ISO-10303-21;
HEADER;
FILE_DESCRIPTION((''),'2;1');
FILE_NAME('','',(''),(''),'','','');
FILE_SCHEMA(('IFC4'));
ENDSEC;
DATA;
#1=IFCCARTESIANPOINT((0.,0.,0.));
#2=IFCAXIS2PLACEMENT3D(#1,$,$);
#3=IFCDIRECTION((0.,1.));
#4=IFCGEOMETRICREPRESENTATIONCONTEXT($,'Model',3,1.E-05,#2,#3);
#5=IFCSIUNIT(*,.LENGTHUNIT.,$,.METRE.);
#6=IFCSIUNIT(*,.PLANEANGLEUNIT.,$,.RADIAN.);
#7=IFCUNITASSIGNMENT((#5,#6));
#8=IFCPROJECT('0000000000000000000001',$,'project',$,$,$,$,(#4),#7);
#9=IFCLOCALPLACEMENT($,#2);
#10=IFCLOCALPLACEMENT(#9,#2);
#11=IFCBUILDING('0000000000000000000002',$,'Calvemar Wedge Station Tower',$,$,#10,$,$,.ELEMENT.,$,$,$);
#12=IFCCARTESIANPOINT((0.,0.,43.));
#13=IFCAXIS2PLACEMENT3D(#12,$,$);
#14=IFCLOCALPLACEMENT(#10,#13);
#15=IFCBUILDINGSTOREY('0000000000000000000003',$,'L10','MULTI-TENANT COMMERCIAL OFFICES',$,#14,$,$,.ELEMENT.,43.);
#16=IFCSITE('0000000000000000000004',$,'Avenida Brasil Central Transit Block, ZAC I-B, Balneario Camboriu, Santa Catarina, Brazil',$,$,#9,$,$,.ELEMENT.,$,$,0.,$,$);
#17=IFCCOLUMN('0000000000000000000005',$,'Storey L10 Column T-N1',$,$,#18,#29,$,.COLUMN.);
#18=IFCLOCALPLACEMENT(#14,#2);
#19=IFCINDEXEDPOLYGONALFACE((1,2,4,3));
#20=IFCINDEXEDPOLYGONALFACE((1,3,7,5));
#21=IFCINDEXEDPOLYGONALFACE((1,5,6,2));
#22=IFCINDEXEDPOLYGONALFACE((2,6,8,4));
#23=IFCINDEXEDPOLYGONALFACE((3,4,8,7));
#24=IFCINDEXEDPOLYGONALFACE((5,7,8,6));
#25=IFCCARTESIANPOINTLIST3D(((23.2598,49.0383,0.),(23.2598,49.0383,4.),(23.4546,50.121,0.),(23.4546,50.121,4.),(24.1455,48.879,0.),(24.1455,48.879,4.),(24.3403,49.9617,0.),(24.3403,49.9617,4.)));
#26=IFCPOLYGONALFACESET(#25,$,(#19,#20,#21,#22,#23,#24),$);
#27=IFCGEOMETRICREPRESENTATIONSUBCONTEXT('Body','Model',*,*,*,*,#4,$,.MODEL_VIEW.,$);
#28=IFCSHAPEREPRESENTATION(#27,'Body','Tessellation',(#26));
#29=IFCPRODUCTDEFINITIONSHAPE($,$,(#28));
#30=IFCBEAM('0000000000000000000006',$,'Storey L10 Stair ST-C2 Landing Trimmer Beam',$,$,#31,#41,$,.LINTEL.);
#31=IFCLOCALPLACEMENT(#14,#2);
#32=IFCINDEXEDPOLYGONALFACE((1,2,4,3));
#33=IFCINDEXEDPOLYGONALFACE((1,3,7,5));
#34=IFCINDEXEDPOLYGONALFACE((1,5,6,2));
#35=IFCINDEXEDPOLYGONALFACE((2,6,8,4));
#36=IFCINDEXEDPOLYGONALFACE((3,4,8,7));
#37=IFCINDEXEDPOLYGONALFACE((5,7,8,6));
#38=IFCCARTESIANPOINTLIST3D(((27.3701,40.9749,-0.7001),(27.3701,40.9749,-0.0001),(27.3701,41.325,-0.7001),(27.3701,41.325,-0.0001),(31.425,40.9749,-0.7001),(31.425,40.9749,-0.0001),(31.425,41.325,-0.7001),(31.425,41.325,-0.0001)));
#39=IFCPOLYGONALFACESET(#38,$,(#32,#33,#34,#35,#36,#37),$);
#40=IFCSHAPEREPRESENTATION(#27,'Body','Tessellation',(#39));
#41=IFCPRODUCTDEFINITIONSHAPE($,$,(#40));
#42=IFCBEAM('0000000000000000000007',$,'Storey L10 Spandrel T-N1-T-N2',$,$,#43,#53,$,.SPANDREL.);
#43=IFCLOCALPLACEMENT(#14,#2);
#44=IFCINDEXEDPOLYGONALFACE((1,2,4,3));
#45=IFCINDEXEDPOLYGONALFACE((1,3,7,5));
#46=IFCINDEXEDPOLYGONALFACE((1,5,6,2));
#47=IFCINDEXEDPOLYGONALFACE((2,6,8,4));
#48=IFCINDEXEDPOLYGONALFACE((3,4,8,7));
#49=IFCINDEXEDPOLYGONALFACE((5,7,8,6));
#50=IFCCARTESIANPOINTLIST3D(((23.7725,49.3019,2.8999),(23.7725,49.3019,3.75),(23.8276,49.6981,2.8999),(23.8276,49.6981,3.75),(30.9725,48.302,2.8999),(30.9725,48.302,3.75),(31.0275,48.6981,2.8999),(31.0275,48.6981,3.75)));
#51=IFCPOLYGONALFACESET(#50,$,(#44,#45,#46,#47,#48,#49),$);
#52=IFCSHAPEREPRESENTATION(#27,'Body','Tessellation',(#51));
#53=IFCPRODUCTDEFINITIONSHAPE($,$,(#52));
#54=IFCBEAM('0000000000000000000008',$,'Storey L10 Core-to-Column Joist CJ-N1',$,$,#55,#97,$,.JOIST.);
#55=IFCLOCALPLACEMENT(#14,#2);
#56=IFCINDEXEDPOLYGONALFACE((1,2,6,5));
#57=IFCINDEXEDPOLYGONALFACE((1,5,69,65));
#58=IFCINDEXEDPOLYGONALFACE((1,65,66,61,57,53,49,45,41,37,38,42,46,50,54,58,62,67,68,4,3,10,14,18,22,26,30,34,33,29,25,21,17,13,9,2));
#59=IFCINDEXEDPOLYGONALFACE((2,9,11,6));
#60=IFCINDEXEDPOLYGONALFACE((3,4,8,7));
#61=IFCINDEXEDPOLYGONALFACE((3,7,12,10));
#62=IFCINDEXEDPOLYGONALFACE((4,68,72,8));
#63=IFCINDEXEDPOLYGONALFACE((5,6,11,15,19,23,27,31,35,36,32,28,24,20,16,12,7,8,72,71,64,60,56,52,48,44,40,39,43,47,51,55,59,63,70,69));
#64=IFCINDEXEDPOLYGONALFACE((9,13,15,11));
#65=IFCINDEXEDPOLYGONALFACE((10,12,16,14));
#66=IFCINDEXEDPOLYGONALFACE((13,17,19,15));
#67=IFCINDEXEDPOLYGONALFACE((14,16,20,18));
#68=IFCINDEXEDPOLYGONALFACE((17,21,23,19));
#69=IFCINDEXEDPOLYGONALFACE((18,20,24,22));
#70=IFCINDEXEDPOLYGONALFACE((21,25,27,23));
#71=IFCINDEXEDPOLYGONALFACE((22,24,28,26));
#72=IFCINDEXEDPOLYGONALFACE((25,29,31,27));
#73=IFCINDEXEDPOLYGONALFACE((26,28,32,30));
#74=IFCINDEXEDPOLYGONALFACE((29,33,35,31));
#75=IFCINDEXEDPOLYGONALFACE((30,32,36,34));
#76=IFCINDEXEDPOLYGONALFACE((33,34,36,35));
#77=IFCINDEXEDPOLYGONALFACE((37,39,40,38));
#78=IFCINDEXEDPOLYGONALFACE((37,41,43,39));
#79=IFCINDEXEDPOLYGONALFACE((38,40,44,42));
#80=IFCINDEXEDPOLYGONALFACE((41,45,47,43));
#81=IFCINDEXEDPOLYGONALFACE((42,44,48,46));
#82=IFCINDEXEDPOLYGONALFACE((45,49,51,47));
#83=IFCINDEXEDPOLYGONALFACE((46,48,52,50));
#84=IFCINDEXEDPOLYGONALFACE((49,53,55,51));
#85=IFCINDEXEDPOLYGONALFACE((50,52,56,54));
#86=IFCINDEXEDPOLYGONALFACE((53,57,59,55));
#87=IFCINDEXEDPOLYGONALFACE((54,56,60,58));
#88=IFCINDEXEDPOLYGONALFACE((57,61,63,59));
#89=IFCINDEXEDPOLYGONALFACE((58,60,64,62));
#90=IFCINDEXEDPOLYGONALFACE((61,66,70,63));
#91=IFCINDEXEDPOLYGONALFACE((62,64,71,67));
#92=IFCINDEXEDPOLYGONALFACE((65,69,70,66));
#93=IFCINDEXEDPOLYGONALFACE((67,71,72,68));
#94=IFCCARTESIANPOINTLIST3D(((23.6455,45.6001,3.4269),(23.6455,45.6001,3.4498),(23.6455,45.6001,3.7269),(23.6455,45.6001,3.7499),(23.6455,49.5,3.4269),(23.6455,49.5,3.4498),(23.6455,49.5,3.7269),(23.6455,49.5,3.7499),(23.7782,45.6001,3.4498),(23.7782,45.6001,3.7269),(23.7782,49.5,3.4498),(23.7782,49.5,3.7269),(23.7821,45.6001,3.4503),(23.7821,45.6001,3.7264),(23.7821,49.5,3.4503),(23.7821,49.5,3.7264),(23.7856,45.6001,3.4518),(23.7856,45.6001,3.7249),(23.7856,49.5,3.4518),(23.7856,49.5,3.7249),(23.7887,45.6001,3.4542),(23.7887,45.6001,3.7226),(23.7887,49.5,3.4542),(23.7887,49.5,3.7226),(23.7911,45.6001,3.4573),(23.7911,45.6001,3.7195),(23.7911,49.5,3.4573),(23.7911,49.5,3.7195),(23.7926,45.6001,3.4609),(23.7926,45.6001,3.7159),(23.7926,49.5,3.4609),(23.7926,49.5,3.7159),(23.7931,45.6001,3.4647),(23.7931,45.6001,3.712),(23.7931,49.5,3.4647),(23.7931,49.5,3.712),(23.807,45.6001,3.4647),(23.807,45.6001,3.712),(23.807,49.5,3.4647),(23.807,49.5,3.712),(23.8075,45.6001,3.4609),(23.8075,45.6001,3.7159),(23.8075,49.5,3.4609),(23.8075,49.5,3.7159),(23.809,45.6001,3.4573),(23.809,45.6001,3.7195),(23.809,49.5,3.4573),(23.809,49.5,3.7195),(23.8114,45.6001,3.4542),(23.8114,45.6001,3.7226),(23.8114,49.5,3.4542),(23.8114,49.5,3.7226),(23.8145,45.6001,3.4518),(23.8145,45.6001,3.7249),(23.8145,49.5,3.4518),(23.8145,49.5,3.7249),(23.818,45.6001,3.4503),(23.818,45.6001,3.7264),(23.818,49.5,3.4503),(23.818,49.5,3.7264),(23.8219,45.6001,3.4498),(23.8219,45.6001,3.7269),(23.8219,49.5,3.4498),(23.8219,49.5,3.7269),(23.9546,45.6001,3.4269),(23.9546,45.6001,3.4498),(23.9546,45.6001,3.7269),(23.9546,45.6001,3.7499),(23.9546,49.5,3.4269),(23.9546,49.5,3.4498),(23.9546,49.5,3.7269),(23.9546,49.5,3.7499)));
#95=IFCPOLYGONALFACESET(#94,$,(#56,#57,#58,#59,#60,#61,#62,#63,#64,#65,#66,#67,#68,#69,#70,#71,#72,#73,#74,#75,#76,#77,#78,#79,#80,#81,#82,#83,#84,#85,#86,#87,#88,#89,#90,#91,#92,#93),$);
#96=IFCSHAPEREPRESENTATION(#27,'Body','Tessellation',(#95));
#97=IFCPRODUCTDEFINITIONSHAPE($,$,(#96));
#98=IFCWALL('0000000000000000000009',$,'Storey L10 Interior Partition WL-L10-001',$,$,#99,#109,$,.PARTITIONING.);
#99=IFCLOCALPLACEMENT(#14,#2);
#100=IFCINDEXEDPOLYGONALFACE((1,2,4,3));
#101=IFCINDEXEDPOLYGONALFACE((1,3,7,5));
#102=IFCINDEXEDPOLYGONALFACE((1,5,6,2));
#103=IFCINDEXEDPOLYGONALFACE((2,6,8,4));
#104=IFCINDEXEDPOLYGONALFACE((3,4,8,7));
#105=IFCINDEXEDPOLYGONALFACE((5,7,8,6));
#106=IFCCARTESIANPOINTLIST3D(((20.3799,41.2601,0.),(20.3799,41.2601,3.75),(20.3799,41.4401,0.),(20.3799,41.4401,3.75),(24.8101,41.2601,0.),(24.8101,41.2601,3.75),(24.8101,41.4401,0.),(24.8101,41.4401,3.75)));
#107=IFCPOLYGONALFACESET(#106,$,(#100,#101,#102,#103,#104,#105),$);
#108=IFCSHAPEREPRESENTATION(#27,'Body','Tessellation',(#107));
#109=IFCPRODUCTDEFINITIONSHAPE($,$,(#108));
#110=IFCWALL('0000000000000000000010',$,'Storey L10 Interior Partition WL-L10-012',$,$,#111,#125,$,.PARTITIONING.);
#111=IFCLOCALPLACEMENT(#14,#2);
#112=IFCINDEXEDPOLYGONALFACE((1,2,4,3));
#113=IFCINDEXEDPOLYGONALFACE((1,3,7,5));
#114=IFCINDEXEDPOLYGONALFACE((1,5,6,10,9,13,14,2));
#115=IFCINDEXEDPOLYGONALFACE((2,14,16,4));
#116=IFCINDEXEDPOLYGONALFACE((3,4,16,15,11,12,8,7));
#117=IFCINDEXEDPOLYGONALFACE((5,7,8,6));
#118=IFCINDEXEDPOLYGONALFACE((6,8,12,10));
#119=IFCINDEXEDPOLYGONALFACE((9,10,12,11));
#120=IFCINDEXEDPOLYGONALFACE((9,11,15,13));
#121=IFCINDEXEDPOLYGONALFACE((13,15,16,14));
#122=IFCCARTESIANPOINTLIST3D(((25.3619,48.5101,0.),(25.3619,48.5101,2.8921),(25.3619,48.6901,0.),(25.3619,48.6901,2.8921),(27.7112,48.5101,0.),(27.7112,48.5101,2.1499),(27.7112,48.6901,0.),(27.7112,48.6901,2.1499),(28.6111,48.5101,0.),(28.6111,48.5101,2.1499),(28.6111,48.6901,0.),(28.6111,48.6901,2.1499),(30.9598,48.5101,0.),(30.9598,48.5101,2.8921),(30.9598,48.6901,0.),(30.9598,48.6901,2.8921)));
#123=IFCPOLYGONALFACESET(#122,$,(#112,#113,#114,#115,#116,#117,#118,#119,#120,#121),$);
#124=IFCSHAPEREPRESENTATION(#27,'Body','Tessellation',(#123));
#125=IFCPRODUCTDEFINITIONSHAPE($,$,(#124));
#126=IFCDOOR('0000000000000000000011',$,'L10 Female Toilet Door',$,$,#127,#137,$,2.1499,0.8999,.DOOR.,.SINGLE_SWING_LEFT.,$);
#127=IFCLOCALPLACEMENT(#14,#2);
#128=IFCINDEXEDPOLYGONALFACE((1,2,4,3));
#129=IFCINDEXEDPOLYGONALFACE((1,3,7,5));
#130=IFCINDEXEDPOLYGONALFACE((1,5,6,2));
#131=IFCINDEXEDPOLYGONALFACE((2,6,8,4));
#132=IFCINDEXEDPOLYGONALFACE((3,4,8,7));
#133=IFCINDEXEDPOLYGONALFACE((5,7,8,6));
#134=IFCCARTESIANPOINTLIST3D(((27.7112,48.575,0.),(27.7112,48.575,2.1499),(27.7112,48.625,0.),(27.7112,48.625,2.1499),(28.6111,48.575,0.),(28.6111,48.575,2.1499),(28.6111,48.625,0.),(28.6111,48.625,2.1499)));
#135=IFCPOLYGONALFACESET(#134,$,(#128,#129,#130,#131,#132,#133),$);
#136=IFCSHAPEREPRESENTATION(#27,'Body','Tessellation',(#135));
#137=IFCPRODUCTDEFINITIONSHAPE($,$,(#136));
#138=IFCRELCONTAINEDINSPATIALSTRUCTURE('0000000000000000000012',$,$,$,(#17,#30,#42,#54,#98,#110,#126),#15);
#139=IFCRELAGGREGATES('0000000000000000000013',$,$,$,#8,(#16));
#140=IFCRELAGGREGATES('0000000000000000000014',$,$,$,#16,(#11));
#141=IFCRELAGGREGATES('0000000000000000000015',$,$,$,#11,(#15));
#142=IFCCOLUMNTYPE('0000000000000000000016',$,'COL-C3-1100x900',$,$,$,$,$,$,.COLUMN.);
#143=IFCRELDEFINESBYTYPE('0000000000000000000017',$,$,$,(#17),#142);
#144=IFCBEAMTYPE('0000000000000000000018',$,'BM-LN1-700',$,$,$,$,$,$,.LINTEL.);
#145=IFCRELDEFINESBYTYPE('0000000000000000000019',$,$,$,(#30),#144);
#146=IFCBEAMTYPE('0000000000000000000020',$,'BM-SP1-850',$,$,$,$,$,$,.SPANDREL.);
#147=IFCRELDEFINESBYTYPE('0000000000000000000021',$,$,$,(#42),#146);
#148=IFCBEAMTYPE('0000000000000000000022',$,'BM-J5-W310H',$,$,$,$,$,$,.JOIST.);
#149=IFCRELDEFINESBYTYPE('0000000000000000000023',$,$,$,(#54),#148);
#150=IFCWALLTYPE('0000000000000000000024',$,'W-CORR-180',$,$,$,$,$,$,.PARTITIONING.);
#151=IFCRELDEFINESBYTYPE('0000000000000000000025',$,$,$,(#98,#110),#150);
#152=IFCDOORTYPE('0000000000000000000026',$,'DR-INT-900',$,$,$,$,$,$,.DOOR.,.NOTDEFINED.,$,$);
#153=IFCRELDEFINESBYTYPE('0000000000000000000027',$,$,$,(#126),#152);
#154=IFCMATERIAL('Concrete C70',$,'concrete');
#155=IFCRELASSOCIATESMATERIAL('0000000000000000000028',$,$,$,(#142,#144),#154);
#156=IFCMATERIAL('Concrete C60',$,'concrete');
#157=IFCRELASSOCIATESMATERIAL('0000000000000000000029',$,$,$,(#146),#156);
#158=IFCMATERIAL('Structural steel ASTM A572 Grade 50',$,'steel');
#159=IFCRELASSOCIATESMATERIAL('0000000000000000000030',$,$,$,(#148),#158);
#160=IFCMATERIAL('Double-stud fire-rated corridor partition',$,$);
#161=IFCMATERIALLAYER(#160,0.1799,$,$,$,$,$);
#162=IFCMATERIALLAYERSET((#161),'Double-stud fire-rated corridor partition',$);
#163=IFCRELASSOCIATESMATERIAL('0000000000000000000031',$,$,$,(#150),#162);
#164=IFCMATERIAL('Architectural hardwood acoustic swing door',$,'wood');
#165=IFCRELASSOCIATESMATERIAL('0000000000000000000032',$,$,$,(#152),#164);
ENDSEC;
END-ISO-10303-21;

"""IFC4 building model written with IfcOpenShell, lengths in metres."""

from ifc_helpers import new_model, si_unit, direction, frame, frame_2d, origin, origin_2d, place, context, subcontext, project, spatial, rectangle, i_section, extrude, source, transform, mapped, material, layer, layer_set, material_profile, profile_set, type_object, element, fill, save


model = new_model("IFC4")

# Units and contexts
model_context = context("Model", 3, precision=1e-05, world=origin(), true_north=direction((0.0, 1.0)))
body_context = subcontext(model_context, "Body", "Model", "MODEL_VIEW")
ifc_project = project(units=[si_unit("LENGTHUNIT", "METRE"), si_unit("PLANEANGLEUNIT", "RADIAN")], contexts=[model_context])

# Site, building, storey
site_placement = place(None, origin())
site = spatial("IfcSite", under=ifc_project, at=site_placement, Name="Avenida Brasil Central Transit Block, ZAC I-B, Balneario Camboriu, Santa Catarina, Brazil", CompositionType="ELEMENT", RefElevation=0.0)
building_placement = place(site_placement, origin())
building = spatial("IfcBuilding", under=site, at=building_placement, Name="Calvemar Wedge Station Tower", CompositionType="ELEMENT")
storey_placement = place(building_placement, frame((0.0, 0.0, 43.0)))
storey = spatial("IfcBuildingStorey", under=building, at=storey_placement, Name="L10", Description="MULTI-TENANT COMMERCIAL OFFICES", CompositionType="ELEMENT", Elevation=43.0)

# Column
ifc_material_1 = material(Name="Concrete C70", Category="concrete")
ifc_material_profile_1 = material_profile(ifc_material_1, rectangle(XDim=0.8999, YDim=1.1001, at=origin_2d()), Name="RC1100x900")
ifc_profile_set_1 = profile_set([ifc_material_profile_1], Name="Concrete C70")
column_type = type_object("IfcColumnType", Name="COL-C3-1100x900", PredefinedType="COLUMN", material=ifc_profile_set_1)
shared_shape_1 = source(origin(), body_context, "Body", "SweptSolid", [
    extrude(rectangle(XDim=0.8999, YDim=1.1001, at=origin_2d()), origin(), (0.0, 0.0, 1.0), 4.0),
])
column_placement = place(storey_placement, frame((23.8, 49.5, 0.0), z_axis=(0.0, 0.0, 1.0), x_axis=(0.984196, -0.177085, 0.0)))
element("IfcColumn", 1, at=column_placement, inside=storey, type_object=column_type, Name="Storey L10 Column T-N1", PredefinedType="COLUMN", context=body_context, shape_type="MappedRepresentation", body=[
    mapped(shared_shape_1, transform((0.0, 0.0, 0.0), scale=1.0)),
])

# Beams
ifc_material_profile_2 = material_profile(ifc_material_1, rectangle(XDim=0.3501, YDim=0.7, at=origin_2d()), Name="RC350x700")
ifc_profile_set_2 = profile_set([ifc_material_profile_2], Name="Concrete C70")
beam_type_1 = type_object("IfcBeamType", Name="BM-LN1-700", PredefinedType="LINTEL", material=ifc_profile_set_2)
shared_shape_2 = source(origin(), body_context, "Body", "SweptSolid", [
    extrude(rectangle(XDim=0.3501, YDim=0.7, at=origin_2d()), origin(), (0.0, 0.0, 1.0), 4.0549),
])
beam_1_placement = place(storey_placement, frame((27.3701, 41.1499, -0.3501), z_axis=(1.0, 0.0, 0.0), x_axis=(0.0, 1.0, 0.0)))
element("IfcBeam", 2, at=beam_1_placement, inside=storey, type_object=beam_type_1, Name="Storey L10 Stair ST-C2 Landing Trimmer Beam", PredefinedType="LINTEL", context=body_context, shape_type="MappedRepresentation", body=[
    mapped(shared_shape_2, transform((0.0, 0.0, 0.0), scale=1.0)),
])
ifc_material_2 = material(Name="Concrete C60", Category="concrete")
ifc_material_profile_3 = material_profile(ifc_material_2, rectangle(XDim=0.3999, YDim=0.8501, at=origin_2d()), Name="RC400x850")
ifc_profile_set_3 = profile_set([ifc_material_profile_3], Name="Concrete C60")
beam_type_2 = type_object("IfcBeamType", Name="BM-SP1-850", PredefinedType="SPANDREL", material=ifc_profile_set_3)
shared_shape_3 = source(origin(), body_context, "Body", "SweptSolid", [
    extrude(rectangle(XDim=0.3999, YDim=0.8501, at=origin_2d()), origin(), (0.0, 0.0, 1.0), 7.269),
])
beam_2_placement = place(storey_placement, frame((23.8, 49.5, 3.325), z_axis=(0.990492, -0.137569, 0.0), x_axis=(0.137569, 0.990492, 0.0)))
element("IfcBeam", 3, at=beam_2_placement, inside=storey, type_object=beam_type_2, Name="Storey L10 Spandrel T-N1-T-N2", PredefinedType="SPANDREL", context=body_context, shape_type="MappedRepresentation", body=[
    mapped(shared_shape_3, transform((0.0, 0.0, 0.0), scale=1.0)),
])
ifc_material_3 = material(Name="Structural steel ASTM A572 Grade 50", Category="steel")
ifc_material_profile_4 = material_profile(ifc_material_3, i_section(OverallWidth=0.3091, OverallDepth=0.323, WebThickness=0.0139, FlangeThickness=0.0229, FilletRadius=0.0149, at=origin_2d()), Name="W310x143")
ifc_profile_set_4 = profile_set([ifc_material_profile_4], Name="Structural steel ASTM A572 Grade 50")
beam_type_3 = type_object("IfcBeamType", Name="BM-J5-W310H", PredefinedType="JOIST", material=ifc_profile_set_4)
shared_shape_4 = source(origin(), body_context, "Body", "SweptSolid", [
    extrude(i_section(OverallWidth=0.3091, OverallDepth=0.323, WebThickness=0.0139, FlangeThickness=0.0229, FilletRadius=0.0149, at=origin_2d()), origin(), (0.0, 0.0, 1.0), 3.8999),
])
beam_3_placement = place(storey_placement, frame((23.8, 45.6001, 3.5884), z_axis=(0.0, 1.0, 0.0), x_axis=(-1.0, 0.0, 0.0)))
element("IfcBeam", 4, at=beam_3_placement, inside=storey, type_object=beam_type_3, Name="Storey L10 Core-to-Column Joist CJ-N1", PredefinedType="JOIST", context=body_context, shape_type="MappedRepresentation", body=[
    mapped(shared_shape_4, transform((0.0, 0.0, 0.0), scale=1.0)),
])

# Wall
ifc_material_4 = material(Name="Double-stud fire-rated corridor partition")
ifc_layer_1 = layer(ifc_material_4, 0.1799)
ifc_layer_set_1 = layer_set([ifc_layer_1], Name="Double-stud fire-rated corridor partition")
wall_type_1 = type_object("IfcWallType", Name="W-CORR-180", PredefinedType="PARTITIONING", material=ifc_layer_set_1)
wall_1_placement = place(storey_placement, frame((24.8101, 41.3501, 0.0), z_axis=(0.0, 0.0, 1.0), x_axis=(-1.0, 0.0, 0.0)))
element("IfcWall", 5, at=wall_1_placement, inside=storey, type_object=wall_type_1, Name="Storey L10 Interior Partition WL-L10-001", PredefinedType="PARTITIONING", context=body_context, shape_type="SweptSolid", body=[
    extrude(rectangle(XDim=4.4302, YDim=0.1799, at=frame_2d((2.2151, 0.0))), origin(), (0.0, 0.0, 1.0), 3.75),
])

# Wall, opening, door
wall_2_placement = place(storey_placement, frame((25.3621, 48.6001, 0.0), z_axis=(0.0, 0.0, 1.0), x_axis=(1.0, 0.0, 0.0)))
wall_2 = element("IfcWall", 6, at=wall_2_placement, inside=storey, type_object=wall_type_1, Name="Storey L10 Interior Partition WL-L10-012", PredefinedType="PARTITIONING", context=body_context, shape_type="SweptSolid", body=[
    extrude(rectangle(XDim=5.5979, YDim=0.1799, at=frame_2d((2.7988, 0.0))), origin(), (0.0, 0.0, 1.0), 2.8921),
])
shared_shape_5 = source(origin(), body_context, "Body", "SweptSolid", [
    extrude(rectangle(XDim=0.8999, YDim=2.1499, at=frame_2d((0.45, 1.075))), frame((0.0, 0.1001, 0.0), z_axis=(0.0, -1.0, 0.0), x_axis=(1.0, 0.0, 0.0)), (0.0, 0.0, 1.0), 0.2),
])
opening_1_placement = place(wall_2_placement, frame((2.3491, 0.0, 0.0)))
opening_1 = element("IfcOpeningElement", 7, at=opening_1_placement, cuts=wall_2, PredefinedType="OPENING", context=body_context, shape_type="MappedRepresentation", body=[
    mapped(shared_shape_5, transform((0.0, 0.0, 0.0), scale=1.0)),
])
ifc_material_5 = material(Name="Architectural hardwood acoustic swing door", Category="wood")
door_type_1 = type_object("IfcDoorType", Name="DR-INT-900", OperationType="NOTDEFINED", PredefinedType="DOOR", material=ifc_material_5)
shared_shape_6 = source(origin(), body_context, "Body", "SweptSolid", [
    extrude(rectangle(XDim=0.8999, YDim=2.1499, at=frame_2d((0.45, 1.075))), frame((0.0, 0.0249, 0.0), z_axis=(0.0, -1.0, 0.0), x_axis=(1.0, 0.0, 0.0)), (0.0, 0.0, 1.0), 0.05),
])
door_1_placement = place(opening_1_placement, origin())
door_1 = element("IfcDoor", 8, at=door_1_placement, inside=storey, type_object=door_type_1, Name="L10 Female Toilet Door", OperationType="SINGLE_SWING_LEFT", OverallHeight=2.1499, OverallWidth=0.8999, PredefinedType="DOOR", context=body_context, shape_type="MappedRepresentation", body=[
    mapped(shared_shape_6, transform((0.0, 0.0, 0.0), scale=1.0)),
])
fill(opening_1, door_1)

save(model, "model.ifc")
